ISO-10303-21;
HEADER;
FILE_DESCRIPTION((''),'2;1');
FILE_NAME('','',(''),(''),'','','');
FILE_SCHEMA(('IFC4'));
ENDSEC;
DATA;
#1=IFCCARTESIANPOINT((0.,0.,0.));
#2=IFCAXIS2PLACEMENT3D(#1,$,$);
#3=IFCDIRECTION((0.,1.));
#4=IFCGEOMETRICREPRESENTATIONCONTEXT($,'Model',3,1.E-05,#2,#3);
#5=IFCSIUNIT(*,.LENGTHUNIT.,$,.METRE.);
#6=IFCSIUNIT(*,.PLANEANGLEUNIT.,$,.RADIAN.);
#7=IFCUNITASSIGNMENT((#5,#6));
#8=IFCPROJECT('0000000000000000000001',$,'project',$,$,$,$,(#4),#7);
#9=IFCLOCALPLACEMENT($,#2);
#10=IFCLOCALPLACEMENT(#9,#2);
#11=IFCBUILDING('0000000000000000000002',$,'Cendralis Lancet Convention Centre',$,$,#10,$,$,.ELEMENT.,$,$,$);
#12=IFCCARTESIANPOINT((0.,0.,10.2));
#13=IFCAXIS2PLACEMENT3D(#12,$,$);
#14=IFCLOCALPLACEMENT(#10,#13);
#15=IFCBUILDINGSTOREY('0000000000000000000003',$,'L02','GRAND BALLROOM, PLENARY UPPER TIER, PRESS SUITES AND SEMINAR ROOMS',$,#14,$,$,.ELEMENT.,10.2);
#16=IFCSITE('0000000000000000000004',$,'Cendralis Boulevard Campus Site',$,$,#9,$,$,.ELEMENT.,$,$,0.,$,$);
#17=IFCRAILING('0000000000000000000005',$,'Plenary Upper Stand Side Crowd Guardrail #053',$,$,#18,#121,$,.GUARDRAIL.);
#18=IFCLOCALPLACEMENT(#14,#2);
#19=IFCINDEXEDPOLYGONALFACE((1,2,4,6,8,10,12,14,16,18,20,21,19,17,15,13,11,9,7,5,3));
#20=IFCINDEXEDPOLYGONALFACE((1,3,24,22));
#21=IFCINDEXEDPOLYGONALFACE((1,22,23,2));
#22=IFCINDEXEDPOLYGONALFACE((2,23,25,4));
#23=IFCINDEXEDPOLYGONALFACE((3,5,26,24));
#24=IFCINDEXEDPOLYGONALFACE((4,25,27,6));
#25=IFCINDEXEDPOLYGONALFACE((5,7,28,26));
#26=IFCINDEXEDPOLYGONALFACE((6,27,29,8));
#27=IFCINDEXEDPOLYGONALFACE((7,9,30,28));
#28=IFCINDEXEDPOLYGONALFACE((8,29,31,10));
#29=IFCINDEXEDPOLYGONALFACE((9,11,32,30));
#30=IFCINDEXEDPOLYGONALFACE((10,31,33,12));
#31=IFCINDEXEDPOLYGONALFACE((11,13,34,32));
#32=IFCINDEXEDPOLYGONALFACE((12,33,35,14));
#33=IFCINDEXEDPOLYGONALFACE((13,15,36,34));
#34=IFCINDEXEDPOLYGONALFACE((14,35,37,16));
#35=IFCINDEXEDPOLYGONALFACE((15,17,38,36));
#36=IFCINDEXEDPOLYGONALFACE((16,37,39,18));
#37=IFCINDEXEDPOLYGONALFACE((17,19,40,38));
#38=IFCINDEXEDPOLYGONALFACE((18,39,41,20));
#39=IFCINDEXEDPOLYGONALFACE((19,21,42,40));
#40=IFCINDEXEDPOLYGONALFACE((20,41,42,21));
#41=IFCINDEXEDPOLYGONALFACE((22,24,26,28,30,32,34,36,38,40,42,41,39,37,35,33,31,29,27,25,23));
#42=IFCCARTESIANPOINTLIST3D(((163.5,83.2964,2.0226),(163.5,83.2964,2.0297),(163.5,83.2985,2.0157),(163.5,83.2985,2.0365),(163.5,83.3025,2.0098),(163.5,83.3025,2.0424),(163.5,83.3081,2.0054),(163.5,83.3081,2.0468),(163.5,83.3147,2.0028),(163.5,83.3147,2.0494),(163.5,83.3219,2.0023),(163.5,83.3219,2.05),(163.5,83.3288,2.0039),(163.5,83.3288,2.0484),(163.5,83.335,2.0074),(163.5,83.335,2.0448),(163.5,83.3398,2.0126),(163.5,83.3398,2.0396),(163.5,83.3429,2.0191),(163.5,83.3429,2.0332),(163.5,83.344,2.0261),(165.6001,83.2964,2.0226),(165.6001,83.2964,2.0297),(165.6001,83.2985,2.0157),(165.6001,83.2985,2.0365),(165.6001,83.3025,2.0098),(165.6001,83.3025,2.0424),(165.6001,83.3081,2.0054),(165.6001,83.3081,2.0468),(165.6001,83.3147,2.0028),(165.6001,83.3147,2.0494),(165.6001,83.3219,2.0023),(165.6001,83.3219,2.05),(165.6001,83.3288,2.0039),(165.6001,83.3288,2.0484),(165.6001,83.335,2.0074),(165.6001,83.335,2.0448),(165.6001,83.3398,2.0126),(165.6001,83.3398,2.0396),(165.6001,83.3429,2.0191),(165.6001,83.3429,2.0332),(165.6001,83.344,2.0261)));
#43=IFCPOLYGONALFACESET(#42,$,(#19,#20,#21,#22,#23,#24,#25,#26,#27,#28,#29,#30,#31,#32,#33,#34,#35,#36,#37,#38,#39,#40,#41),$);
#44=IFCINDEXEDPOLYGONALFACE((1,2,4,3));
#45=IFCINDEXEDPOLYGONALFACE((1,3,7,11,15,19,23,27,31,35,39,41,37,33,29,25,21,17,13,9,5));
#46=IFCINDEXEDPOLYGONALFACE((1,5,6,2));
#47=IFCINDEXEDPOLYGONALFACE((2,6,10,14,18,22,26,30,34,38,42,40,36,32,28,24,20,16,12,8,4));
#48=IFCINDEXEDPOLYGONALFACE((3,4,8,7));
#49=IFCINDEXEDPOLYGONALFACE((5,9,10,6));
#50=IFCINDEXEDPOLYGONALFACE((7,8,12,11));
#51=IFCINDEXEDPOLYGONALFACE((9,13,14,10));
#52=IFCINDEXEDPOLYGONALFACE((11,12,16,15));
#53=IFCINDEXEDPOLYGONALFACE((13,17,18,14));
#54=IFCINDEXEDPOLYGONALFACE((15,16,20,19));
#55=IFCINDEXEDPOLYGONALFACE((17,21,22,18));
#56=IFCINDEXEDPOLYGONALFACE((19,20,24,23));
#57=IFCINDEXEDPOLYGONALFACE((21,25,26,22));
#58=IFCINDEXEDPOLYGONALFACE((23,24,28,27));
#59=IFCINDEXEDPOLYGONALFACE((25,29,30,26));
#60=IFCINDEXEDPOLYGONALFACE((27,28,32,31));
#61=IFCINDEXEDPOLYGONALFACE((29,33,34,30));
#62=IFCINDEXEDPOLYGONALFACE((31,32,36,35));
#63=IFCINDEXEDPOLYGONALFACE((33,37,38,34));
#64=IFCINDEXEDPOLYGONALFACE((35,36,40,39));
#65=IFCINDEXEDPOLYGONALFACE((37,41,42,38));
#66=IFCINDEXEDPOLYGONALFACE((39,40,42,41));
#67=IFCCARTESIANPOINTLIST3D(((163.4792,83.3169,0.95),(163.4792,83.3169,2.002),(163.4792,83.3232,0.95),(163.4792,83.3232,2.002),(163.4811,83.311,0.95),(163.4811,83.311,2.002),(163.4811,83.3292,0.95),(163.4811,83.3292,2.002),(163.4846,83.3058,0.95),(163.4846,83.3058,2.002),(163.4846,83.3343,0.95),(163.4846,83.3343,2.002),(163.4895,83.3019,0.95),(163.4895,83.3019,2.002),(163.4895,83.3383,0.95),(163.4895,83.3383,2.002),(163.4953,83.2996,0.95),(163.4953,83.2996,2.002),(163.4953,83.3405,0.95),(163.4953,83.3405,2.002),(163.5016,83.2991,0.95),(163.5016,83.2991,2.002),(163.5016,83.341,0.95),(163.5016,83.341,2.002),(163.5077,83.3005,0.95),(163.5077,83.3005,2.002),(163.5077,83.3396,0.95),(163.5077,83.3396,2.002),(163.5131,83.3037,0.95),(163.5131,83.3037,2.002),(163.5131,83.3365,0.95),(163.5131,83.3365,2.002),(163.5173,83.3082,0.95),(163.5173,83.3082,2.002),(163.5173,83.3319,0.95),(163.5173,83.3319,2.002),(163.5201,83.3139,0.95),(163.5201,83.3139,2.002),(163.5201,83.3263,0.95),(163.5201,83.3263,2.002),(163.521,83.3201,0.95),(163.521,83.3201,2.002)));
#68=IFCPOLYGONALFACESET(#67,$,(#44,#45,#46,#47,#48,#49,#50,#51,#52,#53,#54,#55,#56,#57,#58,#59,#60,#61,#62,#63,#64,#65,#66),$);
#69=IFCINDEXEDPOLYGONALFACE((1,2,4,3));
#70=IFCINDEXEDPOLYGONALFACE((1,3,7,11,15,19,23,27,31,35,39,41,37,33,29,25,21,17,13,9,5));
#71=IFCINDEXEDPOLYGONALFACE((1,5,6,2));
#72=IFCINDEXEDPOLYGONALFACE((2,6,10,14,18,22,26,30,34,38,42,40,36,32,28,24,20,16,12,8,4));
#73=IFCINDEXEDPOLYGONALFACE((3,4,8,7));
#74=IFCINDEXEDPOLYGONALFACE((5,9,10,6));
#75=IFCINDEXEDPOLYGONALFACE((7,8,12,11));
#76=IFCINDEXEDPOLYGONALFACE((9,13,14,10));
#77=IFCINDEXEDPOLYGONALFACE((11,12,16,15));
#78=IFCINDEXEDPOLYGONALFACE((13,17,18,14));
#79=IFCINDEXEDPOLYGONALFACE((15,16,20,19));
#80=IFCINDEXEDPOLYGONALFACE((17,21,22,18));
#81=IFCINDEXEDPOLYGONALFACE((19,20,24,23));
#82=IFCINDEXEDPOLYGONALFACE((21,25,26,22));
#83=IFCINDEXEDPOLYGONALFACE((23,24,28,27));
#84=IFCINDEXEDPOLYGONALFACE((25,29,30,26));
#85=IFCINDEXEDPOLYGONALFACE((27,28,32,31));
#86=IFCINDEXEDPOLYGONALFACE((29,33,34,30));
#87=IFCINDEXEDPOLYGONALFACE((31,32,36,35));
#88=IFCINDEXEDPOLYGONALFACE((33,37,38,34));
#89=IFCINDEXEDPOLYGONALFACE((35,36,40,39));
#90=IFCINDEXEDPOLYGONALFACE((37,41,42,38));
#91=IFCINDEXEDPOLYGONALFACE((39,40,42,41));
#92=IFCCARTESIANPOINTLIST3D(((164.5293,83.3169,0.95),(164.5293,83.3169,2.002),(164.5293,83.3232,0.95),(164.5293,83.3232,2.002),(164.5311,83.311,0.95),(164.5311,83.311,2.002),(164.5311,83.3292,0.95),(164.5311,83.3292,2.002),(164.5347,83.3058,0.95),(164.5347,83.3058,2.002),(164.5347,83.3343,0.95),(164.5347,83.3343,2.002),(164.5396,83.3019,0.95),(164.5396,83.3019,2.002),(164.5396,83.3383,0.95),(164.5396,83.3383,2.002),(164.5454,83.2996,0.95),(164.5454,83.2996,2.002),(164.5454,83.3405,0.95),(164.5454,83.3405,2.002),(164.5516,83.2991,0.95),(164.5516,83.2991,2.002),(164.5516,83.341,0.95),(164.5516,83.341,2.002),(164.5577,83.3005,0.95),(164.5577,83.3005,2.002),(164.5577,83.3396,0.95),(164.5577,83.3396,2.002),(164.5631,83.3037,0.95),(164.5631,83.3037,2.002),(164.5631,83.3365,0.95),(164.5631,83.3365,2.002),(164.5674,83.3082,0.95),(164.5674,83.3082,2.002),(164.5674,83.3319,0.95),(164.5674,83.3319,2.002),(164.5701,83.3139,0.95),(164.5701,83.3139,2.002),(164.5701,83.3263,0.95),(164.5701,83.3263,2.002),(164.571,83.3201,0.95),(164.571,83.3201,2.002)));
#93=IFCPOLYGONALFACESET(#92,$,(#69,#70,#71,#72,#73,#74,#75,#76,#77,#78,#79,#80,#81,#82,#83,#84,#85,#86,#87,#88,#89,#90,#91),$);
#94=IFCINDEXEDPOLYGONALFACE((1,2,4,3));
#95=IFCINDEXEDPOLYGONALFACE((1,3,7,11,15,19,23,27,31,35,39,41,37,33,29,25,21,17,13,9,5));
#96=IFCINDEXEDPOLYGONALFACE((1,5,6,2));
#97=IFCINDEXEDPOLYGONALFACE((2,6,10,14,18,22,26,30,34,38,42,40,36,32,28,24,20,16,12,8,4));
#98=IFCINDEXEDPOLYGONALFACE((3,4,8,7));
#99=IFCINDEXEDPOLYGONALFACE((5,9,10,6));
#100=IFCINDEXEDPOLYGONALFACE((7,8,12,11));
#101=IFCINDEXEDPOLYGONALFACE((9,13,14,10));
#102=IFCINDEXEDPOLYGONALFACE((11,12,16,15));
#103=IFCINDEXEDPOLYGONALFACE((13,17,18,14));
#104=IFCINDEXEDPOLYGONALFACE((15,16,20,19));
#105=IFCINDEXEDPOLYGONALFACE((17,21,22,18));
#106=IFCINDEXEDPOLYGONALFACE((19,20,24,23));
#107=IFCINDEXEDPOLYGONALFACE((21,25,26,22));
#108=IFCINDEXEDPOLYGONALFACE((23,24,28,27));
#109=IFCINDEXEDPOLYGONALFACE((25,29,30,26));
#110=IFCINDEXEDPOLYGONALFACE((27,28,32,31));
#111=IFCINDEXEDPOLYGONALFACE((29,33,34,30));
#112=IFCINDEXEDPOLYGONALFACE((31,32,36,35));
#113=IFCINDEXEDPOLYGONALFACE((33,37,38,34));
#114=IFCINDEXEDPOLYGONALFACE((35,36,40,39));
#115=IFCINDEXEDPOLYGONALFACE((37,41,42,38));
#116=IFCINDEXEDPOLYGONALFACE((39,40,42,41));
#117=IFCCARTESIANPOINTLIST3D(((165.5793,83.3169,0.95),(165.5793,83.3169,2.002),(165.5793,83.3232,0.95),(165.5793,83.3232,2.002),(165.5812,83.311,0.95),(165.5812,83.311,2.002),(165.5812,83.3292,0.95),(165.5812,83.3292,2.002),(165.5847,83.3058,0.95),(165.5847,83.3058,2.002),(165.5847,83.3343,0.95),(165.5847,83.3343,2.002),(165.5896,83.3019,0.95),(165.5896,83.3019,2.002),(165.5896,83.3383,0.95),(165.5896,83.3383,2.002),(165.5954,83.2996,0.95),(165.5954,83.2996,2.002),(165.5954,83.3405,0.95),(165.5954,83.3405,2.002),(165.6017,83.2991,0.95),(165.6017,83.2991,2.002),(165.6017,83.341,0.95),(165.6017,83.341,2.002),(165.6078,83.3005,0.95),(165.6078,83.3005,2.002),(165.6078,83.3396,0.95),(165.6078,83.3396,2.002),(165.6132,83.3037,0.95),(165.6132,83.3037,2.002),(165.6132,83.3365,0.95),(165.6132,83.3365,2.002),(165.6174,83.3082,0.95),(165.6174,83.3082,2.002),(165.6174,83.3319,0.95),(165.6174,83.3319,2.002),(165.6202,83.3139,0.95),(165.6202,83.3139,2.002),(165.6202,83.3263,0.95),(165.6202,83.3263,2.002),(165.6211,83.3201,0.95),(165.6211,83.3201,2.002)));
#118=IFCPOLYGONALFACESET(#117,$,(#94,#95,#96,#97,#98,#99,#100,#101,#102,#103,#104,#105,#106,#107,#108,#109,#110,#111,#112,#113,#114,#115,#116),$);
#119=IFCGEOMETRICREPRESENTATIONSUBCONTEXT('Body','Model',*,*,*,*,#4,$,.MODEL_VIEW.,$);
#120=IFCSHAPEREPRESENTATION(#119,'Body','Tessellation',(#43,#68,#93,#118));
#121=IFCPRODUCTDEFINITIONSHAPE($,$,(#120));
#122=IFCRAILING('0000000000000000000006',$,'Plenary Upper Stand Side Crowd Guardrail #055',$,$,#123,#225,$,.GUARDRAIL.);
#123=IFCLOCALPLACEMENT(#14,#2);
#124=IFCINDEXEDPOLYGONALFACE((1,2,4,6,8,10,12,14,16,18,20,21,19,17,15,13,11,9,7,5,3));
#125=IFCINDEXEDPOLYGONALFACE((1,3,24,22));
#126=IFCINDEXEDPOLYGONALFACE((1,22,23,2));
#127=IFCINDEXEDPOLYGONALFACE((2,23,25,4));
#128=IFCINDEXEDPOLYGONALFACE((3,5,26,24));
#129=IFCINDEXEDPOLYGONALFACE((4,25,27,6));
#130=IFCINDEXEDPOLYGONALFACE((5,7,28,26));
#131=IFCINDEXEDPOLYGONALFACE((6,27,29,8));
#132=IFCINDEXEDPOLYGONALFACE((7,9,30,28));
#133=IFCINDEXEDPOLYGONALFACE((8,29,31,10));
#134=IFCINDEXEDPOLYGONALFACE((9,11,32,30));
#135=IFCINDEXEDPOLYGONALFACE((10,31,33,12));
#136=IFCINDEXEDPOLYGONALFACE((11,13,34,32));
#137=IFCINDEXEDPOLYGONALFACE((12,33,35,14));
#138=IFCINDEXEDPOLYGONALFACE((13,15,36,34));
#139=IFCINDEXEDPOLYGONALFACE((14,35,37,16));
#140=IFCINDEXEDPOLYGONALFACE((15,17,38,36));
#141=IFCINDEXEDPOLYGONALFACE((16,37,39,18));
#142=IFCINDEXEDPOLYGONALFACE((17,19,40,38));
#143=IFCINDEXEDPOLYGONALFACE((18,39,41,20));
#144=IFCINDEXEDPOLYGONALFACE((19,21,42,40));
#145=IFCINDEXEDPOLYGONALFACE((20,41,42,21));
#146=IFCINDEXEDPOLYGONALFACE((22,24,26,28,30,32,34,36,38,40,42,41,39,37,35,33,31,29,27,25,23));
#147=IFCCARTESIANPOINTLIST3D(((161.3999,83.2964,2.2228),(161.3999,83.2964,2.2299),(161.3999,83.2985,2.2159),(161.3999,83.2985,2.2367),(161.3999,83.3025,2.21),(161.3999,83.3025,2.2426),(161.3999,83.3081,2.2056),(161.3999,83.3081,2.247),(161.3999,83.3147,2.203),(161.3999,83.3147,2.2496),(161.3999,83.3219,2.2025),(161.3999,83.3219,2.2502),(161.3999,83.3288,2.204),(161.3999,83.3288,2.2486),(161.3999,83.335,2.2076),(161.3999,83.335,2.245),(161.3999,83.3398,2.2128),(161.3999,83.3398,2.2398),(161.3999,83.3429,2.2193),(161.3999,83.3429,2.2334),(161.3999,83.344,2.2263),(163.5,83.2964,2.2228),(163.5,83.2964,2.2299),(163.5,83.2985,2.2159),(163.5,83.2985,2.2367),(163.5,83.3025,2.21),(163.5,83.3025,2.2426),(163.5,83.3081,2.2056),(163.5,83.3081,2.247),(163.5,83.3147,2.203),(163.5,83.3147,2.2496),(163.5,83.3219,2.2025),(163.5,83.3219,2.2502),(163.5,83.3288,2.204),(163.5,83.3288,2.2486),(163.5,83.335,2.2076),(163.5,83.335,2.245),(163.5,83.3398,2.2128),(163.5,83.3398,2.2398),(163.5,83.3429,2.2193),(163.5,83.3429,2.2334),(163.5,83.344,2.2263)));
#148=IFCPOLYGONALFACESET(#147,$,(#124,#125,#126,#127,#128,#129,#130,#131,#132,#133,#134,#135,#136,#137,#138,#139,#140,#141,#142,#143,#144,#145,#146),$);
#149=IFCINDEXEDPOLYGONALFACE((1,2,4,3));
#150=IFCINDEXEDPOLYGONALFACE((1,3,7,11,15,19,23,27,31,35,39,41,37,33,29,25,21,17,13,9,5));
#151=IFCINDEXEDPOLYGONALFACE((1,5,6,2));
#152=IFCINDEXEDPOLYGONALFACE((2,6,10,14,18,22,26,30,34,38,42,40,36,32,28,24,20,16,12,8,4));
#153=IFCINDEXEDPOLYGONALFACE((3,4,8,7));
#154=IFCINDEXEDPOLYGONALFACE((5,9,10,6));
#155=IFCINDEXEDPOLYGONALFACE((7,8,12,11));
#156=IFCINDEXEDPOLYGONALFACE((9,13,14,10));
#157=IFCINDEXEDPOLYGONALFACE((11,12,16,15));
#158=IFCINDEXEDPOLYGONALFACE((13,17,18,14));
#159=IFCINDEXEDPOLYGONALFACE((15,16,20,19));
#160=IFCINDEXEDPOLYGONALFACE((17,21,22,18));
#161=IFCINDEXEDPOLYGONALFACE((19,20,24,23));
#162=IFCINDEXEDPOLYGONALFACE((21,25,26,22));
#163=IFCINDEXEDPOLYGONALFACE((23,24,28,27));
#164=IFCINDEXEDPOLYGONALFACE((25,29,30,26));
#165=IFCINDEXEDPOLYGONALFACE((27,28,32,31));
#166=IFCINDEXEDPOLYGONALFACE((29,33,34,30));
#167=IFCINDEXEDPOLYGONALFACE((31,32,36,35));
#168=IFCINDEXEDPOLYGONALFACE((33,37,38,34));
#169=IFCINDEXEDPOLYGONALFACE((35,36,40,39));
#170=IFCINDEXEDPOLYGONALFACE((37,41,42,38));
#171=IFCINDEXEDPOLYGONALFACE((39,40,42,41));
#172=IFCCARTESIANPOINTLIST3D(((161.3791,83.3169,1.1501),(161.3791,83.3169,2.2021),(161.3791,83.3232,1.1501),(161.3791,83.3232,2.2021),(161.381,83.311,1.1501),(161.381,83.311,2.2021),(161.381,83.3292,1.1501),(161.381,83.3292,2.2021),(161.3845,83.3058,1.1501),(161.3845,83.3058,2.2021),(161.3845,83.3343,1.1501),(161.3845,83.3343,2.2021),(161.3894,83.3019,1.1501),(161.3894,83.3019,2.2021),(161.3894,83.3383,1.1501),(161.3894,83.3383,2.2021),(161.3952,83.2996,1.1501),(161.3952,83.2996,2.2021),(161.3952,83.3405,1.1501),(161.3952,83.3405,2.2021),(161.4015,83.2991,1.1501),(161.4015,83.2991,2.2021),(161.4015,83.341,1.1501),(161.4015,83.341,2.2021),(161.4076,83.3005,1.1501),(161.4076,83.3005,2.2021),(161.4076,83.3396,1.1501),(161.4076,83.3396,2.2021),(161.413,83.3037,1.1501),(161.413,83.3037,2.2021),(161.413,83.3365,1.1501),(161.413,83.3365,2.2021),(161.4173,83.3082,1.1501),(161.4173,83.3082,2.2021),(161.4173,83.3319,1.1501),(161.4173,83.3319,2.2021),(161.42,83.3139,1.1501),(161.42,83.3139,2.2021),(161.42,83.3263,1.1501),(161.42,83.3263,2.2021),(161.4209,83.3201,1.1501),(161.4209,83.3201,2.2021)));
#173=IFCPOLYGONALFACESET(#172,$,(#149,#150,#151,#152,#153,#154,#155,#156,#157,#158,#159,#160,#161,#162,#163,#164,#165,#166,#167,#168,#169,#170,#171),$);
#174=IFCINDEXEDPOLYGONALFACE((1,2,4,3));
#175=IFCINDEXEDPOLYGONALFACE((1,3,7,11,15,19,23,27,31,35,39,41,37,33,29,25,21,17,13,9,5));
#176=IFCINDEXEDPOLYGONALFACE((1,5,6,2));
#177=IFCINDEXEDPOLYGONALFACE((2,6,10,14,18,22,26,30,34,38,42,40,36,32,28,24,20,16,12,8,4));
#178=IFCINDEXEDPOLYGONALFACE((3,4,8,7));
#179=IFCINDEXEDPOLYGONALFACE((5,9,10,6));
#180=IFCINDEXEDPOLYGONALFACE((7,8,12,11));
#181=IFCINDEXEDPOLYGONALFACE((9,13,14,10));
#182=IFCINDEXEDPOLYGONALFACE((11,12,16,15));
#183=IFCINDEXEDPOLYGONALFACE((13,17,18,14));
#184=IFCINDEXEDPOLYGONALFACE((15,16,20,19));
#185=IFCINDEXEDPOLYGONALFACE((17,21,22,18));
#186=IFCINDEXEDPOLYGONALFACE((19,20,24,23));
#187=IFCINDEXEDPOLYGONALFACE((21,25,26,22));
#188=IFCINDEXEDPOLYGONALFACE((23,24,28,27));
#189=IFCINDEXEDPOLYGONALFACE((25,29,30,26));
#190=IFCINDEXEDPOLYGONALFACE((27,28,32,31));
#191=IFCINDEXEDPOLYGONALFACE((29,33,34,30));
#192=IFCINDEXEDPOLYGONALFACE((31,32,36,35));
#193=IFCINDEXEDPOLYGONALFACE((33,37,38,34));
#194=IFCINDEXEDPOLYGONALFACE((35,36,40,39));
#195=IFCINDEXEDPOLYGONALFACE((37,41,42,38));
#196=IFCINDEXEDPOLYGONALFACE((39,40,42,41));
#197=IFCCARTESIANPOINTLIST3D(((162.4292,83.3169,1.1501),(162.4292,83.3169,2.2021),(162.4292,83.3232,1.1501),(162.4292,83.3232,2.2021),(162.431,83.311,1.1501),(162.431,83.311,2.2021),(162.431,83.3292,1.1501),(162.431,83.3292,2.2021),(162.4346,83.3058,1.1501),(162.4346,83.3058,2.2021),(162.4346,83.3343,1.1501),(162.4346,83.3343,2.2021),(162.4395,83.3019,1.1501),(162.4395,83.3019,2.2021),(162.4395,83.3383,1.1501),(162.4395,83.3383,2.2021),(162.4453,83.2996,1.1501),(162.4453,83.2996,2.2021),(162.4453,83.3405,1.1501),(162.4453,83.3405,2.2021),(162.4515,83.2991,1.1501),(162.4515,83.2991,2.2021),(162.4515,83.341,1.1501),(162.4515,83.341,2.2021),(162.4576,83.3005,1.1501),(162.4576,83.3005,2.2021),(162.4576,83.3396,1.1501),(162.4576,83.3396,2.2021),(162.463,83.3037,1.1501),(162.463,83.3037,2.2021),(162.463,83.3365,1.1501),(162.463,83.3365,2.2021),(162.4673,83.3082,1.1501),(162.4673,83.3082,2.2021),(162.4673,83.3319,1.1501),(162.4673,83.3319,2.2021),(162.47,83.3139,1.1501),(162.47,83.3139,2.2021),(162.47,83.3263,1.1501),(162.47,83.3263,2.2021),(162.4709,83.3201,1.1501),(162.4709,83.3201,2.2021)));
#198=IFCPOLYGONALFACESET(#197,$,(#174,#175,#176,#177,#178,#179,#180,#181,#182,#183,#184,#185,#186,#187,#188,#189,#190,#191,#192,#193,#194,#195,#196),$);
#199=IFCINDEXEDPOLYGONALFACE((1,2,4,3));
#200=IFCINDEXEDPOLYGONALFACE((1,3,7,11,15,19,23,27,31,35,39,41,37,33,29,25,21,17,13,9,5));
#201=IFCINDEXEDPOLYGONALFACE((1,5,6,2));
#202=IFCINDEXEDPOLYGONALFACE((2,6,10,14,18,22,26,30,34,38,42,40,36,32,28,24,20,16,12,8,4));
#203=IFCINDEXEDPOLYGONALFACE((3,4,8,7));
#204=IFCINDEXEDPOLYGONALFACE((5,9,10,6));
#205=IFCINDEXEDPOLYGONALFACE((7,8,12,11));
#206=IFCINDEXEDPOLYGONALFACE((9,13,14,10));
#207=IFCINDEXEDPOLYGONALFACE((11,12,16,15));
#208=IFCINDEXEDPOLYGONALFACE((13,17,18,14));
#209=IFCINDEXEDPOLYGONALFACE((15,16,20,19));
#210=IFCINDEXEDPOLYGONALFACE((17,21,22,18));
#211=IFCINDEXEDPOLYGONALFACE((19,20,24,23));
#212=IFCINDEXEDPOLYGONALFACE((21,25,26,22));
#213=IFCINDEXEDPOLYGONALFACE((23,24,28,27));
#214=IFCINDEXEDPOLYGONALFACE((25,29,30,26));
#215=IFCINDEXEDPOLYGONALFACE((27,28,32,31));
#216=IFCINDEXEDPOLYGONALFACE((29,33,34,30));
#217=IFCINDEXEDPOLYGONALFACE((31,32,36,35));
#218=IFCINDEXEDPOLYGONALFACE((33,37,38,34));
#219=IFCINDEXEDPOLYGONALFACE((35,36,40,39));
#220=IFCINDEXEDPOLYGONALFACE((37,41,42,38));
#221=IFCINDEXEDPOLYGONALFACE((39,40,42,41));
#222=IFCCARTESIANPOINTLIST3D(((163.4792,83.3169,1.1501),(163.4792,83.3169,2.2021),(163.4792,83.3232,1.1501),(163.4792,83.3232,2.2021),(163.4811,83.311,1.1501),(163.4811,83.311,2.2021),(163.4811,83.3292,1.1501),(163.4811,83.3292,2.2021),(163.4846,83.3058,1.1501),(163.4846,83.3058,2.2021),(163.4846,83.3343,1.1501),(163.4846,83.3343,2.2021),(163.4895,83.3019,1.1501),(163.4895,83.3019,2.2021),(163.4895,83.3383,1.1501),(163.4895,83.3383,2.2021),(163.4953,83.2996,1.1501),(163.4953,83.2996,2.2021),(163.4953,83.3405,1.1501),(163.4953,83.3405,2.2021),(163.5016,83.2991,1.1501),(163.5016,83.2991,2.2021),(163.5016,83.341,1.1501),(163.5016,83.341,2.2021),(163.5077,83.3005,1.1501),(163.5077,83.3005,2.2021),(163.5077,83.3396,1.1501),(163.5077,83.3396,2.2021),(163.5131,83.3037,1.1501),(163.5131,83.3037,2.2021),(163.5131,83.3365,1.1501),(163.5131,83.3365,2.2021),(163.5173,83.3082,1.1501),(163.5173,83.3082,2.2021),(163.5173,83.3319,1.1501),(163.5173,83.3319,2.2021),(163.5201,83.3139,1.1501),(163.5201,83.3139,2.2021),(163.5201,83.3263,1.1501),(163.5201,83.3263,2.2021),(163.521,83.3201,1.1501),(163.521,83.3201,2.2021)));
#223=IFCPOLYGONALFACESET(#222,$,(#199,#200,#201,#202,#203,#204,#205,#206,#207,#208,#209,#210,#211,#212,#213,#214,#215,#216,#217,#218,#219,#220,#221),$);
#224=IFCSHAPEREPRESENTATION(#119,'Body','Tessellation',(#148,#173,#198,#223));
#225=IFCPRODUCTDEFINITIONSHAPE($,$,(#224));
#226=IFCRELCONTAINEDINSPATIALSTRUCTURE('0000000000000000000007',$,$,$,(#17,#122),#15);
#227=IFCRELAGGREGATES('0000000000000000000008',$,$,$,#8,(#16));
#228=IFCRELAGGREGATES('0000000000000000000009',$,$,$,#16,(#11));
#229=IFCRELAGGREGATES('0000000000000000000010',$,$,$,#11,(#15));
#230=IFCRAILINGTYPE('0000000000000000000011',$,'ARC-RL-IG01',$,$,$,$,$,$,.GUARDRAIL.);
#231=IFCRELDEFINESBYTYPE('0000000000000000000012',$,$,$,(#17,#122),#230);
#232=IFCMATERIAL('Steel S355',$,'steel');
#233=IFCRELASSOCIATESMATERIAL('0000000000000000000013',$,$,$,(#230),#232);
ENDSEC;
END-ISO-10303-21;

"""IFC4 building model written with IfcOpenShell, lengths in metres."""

from ifc_helpers import new_model, si_unit, direction, frame, origin, origin_2d, place, context, subcontext, project, spatial, circle, extrude, material, type_object, element, save


model = new_model("IFC4")

# Units and contexts
model_context = context("Model", 3, precision=1e-05, world=origin(), true_north=direction((0.0, 1.0)))
body_context = subcontext(model_context, "Body", "Model", "MODEL_VIEW")
ifc_project = project(units=[si_unit("LENGTHUNIT", "METRE"), si_unit("PLANEANGLEUNIT", "RADIAN")], contexts=[model_context])

# Site, building, storey
site_placement = place(None, origin())
site = spatial("IfcSite", under=ifc_project, at=site_placement, Name="Cendralis Boulevard Campus Site", CompositionType="ELEMENT", RefElevation=0.0)
building_placement = place(site_placement, origin())
building = spatial("IfcBuilding", under=site, at=building_placement, Name="Cendralis Lancet Convention Centre", CompositionType="ELEMENT")
storey_placement = place(building_placement, frame((0.0, 0.0, 10.2)))
storey = spatial("IfcBuildingStorey", under=building, at=storey_placement, Name="L02", Description="GRAND BALLROOM, PLENARY UPPER TIER, PRESS SUITES AND SEMINAR ROOMS", CompositionType="ELEMENT", Elevation=10.2)

# Shared definitions
ifc_material_1 = material(Name="Steel S355", Category="steel")

# Railings
railing_type = type_object("IfcRailingType", Name="ARC-RL-IG01", PredefinedType="GUARDRAIL", material=ifc_material_1)
for number, where, name in (
    (1, (163.5, 83.3201, 0.95), "Plenary Upper Stand Side Crowd Guardrail #053"),
    (2, (161.3999, 83.3201, 1.1501), "Plenary Upper Stand Side Crowd Guardrail #055"),
):
    element("IfcRailing", number, at=place(storey_placement, frame(where)), inside=storey, type_object=railing_type, Name=name, PredefinedType="GUARDRAIL", context=body_context, shape_type="SweptSolid", body=[
        extrude(circle(Radius=0.0239, at=origin_2d()), frame((0.0, 0.0, 1.0762), z_axis=(1.0, 0.0, 0.0), x_axis=(0.0, 1.0, 0.0)), (0.0, 0.0, 1.0), 2.1001),
        extrude(circle(Radius=0.021, at=origin_2d()), origin(), (0.0, 0.0, 1.0), 1.052),
        extrude(circle(Radius=0.021, at=origin_2d()), frame((1.05, 0.0, 0.0)), (0.0, 0.0, 1.0), 1.052),
        extrude(circle(Radius=0.021, at=origin_2d()), frame((2.1001, 0.0, 0.0)), (0.0, 0.0, 1.0), 1.052),
    ])

save(model, "model.ifc")
